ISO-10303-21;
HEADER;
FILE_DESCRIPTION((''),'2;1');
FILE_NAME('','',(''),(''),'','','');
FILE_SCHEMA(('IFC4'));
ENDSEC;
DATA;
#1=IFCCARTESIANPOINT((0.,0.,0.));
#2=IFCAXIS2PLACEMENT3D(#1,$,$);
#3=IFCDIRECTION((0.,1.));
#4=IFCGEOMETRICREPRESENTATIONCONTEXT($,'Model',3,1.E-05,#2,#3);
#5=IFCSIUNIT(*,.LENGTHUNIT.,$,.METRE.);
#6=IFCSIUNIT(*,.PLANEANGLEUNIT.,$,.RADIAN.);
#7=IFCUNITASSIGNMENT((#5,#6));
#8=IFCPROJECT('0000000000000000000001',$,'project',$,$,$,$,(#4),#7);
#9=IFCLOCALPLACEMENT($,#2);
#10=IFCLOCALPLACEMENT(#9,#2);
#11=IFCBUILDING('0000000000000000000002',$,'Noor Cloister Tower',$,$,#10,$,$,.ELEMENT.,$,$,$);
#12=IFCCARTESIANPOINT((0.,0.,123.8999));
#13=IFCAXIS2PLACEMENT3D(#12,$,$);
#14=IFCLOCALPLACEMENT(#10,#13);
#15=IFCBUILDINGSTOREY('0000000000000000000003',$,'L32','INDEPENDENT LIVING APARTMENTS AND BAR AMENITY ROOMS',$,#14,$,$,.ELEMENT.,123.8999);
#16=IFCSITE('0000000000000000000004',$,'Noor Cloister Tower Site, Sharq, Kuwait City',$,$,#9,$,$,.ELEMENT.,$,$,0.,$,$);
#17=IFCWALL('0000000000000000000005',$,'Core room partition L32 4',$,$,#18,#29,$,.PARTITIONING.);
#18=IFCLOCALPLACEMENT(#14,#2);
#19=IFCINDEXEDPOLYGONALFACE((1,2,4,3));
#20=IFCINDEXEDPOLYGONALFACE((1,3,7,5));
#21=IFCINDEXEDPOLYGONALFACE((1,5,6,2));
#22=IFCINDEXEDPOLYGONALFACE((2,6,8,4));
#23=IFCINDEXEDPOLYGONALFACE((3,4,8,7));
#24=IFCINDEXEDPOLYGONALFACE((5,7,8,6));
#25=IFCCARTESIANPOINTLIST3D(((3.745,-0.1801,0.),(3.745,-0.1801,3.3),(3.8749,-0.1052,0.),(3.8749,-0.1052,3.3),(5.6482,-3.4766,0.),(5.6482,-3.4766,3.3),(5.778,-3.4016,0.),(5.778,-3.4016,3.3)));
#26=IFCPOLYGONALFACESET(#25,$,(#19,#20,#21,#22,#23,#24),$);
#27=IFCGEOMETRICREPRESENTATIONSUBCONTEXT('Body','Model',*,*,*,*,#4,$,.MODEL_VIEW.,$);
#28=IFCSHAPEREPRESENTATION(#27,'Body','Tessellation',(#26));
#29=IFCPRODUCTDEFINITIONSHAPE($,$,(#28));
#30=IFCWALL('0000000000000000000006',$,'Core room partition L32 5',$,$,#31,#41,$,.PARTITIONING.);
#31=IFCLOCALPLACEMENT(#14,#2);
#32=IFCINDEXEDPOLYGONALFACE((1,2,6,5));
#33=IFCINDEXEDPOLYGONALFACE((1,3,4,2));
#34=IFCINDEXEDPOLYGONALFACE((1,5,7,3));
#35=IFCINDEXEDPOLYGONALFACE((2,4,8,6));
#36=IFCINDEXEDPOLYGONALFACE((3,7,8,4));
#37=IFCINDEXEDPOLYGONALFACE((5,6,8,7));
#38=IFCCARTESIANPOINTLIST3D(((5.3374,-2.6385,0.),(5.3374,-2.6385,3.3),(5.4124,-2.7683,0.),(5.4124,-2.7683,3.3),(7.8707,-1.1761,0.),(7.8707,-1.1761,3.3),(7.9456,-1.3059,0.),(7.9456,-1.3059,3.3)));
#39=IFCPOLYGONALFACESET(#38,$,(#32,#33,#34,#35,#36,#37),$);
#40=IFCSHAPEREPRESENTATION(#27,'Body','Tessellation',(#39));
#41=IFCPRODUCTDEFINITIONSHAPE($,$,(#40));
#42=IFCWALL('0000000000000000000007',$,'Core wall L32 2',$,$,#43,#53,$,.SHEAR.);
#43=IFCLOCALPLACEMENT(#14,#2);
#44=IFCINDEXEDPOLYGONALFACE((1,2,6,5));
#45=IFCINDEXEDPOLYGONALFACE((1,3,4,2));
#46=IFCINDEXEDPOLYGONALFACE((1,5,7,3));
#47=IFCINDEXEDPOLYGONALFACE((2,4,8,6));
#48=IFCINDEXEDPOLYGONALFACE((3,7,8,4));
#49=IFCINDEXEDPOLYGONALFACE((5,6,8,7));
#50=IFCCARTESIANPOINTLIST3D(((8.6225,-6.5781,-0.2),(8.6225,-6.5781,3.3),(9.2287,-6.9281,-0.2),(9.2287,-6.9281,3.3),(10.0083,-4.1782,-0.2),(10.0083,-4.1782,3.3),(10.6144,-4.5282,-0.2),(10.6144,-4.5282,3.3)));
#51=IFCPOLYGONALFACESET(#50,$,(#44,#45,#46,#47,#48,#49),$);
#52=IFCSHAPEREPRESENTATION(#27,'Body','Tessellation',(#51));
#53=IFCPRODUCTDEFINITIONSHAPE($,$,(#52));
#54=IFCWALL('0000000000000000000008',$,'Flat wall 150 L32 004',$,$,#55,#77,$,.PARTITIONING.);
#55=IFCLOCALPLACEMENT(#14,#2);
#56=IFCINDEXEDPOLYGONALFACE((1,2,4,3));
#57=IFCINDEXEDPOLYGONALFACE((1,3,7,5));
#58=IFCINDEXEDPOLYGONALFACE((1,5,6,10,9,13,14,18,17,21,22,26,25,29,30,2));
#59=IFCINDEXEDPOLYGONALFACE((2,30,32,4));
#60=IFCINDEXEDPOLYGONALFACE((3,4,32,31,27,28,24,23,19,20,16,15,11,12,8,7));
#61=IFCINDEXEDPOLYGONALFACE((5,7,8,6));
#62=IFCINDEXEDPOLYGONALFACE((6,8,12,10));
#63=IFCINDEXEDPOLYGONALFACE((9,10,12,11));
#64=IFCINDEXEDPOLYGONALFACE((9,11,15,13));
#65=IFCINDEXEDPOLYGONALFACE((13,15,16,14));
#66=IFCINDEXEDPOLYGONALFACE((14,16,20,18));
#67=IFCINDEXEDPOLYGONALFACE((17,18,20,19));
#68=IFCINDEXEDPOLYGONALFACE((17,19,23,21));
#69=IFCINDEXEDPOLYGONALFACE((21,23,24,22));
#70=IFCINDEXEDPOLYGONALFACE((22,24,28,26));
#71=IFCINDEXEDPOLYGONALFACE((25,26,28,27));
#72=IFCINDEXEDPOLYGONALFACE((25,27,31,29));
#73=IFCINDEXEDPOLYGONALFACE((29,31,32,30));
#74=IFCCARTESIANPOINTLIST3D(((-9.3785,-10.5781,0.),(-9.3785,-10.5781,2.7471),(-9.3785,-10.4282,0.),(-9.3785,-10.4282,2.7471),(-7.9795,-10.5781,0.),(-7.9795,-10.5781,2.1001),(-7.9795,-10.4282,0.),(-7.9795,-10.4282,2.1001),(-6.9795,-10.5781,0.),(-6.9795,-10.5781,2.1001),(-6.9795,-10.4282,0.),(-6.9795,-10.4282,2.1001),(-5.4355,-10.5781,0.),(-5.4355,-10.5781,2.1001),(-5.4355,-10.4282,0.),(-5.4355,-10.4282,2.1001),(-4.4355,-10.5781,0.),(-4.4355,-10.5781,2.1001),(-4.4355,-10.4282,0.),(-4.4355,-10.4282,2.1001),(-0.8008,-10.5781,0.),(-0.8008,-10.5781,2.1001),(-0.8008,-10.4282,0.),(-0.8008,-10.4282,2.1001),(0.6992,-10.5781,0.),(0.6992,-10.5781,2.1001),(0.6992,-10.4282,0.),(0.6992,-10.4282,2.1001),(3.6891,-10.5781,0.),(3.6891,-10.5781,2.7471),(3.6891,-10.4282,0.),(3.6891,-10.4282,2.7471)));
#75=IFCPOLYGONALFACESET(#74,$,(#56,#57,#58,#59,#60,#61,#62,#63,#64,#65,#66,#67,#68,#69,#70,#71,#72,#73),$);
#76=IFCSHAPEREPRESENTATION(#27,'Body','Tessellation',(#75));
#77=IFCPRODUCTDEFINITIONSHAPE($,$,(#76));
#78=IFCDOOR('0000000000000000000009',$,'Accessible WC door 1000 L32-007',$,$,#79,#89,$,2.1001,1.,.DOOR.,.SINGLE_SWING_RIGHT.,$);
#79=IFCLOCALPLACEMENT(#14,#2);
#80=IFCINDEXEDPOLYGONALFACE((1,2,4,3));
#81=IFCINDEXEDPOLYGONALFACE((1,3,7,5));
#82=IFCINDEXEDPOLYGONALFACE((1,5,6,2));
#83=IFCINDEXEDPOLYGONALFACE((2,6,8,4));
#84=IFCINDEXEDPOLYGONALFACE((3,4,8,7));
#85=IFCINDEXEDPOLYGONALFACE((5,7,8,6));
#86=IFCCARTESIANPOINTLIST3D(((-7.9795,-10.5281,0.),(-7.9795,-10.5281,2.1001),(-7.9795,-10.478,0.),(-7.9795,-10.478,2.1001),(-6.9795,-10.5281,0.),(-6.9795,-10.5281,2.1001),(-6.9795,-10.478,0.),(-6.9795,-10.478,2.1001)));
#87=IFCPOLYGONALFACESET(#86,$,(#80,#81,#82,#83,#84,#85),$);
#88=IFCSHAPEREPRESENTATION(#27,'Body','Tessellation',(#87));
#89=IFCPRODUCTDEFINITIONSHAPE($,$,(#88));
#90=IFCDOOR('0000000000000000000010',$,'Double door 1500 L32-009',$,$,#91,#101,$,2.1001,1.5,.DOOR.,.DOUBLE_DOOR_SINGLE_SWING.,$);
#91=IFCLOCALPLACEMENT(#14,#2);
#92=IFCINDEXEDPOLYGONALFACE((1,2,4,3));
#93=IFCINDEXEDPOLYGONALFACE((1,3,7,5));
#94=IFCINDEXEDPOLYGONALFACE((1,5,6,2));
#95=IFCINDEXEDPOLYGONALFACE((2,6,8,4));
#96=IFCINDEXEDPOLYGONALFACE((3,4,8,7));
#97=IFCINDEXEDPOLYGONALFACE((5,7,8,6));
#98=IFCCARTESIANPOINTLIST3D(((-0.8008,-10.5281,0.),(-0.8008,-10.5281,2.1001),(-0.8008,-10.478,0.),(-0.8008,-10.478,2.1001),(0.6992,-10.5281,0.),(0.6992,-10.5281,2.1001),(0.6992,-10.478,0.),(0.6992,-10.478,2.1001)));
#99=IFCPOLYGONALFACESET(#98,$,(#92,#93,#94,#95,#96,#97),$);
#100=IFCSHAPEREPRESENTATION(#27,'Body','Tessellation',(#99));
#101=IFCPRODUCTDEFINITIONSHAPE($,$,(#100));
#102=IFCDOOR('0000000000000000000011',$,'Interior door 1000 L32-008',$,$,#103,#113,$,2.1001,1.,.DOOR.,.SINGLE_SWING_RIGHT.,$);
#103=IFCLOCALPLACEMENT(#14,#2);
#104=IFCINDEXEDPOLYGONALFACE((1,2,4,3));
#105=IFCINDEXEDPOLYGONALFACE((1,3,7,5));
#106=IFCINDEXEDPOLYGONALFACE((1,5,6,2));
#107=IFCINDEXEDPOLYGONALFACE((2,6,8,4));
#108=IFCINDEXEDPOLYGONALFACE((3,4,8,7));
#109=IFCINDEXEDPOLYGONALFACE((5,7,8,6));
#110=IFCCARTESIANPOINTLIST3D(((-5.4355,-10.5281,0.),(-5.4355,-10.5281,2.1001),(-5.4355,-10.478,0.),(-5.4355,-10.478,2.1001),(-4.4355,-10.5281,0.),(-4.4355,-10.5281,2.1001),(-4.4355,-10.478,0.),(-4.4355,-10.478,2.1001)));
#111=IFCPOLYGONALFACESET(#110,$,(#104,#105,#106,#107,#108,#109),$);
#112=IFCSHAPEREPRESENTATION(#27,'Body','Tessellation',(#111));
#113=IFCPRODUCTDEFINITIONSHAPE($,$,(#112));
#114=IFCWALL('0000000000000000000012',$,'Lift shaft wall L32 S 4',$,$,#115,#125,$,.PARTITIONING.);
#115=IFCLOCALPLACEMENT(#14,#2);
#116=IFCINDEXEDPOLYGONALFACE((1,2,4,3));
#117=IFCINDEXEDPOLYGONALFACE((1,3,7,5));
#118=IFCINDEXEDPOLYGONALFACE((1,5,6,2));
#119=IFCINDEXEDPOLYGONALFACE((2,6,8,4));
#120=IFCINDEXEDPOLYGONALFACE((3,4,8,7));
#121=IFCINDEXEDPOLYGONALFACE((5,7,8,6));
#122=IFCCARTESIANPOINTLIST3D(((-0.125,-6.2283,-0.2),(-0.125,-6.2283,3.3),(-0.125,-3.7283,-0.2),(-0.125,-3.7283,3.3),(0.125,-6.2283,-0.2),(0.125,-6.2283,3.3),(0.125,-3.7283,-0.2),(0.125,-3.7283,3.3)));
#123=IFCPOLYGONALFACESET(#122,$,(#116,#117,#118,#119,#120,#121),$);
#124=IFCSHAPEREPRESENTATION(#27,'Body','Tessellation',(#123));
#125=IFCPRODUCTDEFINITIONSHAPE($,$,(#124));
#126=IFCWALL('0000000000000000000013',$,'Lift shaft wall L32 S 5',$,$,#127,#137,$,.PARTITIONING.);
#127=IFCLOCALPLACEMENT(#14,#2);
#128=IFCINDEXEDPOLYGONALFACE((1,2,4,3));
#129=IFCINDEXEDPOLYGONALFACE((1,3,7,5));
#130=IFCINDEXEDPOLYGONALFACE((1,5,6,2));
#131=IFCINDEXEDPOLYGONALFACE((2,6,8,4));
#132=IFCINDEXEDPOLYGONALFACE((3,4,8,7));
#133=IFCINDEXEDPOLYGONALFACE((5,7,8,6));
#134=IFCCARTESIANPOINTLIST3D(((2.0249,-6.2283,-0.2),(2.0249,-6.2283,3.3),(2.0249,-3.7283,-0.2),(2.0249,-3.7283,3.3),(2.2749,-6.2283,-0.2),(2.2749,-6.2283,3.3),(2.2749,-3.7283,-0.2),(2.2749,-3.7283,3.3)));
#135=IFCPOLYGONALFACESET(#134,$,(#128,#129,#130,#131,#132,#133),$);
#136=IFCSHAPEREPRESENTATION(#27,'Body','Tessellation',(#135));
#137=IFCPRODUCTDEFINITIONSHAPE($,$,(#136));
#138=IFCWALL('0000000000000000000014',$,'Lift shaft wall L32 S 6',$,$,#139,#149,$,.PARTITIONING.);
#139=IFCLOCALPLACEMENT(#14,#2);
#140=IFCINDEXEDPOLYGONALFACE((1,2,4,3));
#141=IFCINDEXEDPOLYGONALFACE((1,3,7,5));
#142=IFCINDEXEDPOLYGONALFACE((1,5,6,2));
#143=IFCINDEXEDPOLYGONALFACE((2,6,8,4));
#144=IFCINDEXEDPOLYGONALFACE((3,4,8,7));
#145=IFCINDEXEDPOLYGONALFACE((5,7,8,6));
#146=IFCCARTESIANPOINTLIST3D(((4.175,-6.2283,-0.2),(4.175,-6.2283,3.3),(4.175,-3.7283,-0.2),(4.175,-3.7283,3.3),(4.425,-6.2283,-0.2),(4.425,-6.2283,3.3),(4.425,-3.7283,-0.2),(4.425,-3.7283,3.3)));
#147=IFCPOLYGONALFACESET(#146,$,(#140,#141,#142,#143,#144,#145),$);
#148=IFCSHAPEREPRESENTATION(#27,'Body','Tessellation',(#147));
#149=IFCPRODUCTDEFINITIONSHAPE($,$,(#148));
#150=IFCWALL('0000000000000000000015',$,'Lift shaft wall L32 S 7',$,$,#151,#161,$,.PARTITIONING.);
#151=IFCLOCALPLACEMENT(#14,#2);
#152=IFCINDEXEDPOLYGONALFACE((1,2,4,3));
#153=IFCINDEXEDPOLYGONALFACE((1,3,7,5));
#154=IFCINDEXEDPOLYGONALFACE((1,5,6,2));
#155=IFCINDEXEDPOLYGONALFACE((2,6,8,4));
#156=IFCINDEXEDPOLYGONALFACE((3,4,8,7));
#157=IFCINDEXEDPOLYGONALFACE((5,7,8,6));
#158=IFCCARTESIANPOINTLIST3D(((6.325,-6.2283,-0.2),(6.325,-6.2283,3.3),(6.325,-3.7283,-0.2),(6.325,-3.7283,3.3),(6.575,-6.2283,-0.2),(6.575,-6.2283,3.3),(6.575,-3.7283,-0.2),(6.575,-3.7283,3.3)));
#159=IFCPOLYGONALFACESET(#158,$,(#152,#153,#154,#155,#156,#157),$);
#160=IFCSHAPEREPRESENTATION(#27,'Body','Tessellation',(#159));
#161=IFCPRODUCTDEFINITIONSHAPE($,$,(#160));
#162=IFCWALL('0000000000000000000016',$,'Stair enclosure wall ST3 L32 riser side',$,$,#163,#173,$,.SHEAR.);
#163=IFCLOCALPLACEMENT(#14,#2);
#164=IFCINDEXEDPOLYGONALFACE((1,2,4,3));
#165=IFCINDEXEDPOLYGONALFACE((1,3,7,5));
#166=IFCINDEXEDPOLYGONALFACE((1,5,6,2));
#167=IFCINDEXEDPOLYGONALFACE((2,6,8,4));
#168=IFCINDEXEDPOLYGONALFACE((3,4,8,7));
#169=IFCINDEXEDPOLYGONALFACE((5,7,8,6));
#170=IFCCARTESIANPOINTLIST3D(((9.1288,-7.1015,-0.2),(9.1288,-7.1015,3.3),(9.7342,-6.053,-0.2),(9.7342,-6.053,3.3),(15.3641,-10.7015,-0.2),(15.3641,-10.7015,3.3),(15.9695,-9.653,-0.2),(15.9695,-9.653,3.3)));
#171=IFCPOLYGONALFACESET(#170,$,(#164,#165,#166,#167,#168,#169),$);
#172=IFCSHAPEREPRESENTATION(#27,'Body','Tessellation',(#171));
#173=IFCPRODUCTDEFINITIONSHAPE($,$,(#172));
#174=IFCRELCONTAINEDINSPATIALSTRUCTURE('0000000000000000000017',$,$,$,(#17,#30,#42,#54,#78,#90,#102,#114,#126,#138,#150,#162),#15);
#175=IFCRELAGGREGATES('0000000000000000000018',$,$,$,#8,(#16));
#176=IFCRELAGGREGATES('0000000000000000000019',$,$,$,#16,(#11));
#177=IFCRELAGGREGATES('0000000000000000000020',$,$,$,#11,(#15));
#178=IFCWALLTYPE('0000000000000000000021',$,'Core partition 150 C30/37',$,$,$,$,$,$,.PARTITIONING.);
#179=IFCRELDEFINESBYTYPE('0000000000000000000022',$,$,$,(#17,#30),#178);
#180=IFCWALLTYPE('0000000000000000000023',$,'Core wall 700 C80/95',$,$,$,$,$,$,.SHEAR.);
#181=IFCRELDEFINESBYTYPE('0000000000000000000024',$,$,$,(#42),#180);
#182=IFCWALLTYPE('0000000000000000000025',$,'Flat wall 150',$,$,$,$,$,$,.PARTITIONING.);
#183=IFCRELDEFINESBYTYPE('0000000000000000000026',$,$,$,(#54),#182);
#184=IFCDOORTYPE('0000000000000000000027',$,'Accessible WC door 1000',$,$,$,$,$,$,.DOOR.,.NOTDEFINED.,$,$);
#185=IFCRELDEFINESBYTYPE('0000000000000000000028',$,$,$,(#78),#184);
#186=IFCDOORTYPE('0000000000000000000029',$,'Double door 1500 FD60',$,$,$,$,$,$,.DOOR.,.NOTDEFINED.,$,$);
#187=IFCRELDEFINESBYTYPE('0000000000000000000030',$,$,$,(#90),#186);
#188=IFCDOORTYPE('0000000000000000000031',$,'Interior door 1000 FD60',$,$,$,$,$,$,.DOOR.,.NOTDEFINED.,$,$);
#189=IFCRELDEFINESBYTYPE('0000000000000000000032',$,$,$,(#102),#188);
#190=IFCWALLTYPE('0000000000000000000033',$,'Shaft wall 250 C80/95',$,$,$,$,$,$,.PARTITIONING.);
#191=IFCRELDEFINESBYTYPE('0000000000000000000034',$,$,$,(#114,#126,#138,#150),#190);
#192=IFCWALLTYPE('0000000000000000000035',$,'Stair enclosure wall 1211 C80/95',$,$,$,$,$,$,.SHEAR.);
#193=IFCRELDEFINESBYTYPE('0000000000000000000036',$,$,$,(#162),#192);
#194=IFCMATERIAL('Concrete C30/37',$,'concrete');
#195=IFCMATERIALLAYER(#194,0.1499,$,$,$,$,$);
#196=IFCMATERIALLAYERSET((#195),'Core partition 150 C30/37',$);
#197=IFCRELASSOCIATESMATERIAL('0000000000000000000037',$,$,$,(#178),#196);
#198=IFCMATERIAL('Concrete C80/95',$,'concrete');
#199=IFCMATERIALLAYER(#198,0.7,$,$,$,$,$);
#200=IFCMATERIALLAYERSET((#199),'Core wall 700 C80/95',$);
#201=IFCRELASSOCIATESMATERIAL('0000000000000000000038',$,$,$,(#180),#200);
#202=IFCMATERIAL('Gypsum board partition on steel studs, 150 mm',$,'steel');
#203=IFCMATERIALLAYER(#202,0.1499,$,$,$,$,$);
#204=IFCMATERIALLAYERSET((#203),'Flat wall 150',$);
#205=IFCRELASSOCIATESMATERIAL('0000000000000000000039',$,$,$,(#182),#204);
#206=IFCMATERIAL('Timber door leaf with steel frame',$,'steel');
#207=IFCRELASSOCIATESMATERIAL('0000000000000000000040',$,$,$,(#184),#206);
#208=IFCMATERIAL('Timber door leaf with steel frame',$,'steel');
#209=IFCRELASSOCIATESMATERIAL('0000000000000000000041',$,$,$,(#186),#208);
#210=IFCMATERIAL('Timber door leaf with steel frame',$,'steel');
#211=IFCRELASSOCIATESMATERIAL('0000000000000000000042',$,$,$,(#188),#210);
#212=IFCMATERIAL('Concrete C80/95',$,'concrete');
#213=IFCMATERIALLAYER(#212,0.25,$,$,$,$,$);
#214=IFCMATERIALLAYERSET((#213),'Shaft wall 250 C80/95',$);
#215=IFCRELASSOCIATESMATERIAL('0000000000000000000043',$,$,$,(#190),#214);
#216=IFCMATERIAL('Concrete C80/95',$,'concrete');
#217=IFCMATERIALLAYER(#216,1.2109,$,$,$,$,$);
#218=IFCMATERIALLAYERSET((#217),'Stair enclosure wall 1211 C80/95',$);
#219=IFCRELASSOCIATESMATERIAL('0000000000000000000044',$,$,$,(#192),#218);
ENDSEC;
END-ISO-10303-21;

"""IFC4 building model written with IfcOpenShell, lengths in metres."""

from ifc_helpers import new_model, si_unit, direction, frame, frame_2d, origin, place, context, subcontext, project, spatial, rectangle, extrude, material, layer, layer_set, type_object, element, fill, save


model = new_model("IFC4")

# Units and contexts
model_context = context("Model", 3, precision=1e-05, world=origin(), true_north=direction((0.0, 1.0)))
body_context = subcontext(model_context, "Body", "Model", "MODEL_VIEW")
ifc_project = project(units=[si_unit("LENGTHUNIT", "METRE"), si_unit("PLANEANGLEUNIT", "RADIAN")], contexts=[model_context])

# Site, building, storey
site_placement = place(None, origin())
site = spatial("IfcSite", under=ifc_project, at=site_placement, Name="Noor Cloister Tower Site, Sharq, Kuwait City", CompositionType="ELEMENT", RefElevation=0.0)
building_placement = place(site_placement, origin())
building = spatial("IfcBuilding", under=site, at=building_placement, Name="Noor Cloister Tower", CompositionType="ELEMENT")
storey_placement = place(building_placement, frame((0.0, 0.0, 123.8999)))
storey = spatial("IfcBuildingStorey", under=building, at=storey_placement, Name="L32", Description="INDEPENDENT LIVING APARTMENTS AND BAR AMENITY ROOMS", CompositionType="ELEMENT", Elevation=123.8999)

# Walls
ifc_material_1 = material(Name="Concrete C30/37", Category="concrete")
ifc_layer_1 = layer(ifc_material_1, 0.1499)
ifc_layer_set_1 = layer_set([ifc_layer_1], Name="Core partition 150 C30/37")
wall_type_1 = type_object("IfcWallType", Name="Core partition 150 C30/37", PredefinedType="PARTITIONING", material=ifc_layer_set_1)
wall_1_placement = place(storey_placement, frame((5.7131, -3.4392, 0.0), z_axis=(0.0, 0.0, 1.0), x_axis=(-0.499982, 0.866036, 0.0)))
element("IfcWall", 1, at=wall_1_placement, inside=storey, type_object=wall_type_1, Name="Core room partition L32 4", PredefinedType="PARTITIONING", context=body_context, shape_type="SweptSolid", body=[
    extrude(rectangle(XDim=3.8064, YDim=0.1499, at=frame_2d((1.9033, 0.0))), origin(), (0.0, 0.0, 1.0), 3.3),
])
wall_2_placement = place(storey_placement, frame((5.375, -2.7034, 0.0), z_axis=(0.0, 0.0, 1.0), x_axis=(0.866047, 0.499963, 0.0)))
element("IfcWall", 2, at=wall_2_placement, inside=storey, type_object=wall_type_1, Name="Core room partition L32 5", PredefinedType="PARTITIONING", context=body_context, shape_type="SweptSolid", body=[
    extrude(rectangle(XDim=2.925, YDim=0.1499, at=frame_2d((1.4624, 0.0))), origin(), (0.0, 0.0, 1.0), 3.3),
])
ifc_material_2 = material(Name="Concrete C80/95", Category="concrete")
ifc_layer_2 = layer(ifc_material_2, 0.7)
ifc_layer_set_2 = layer_set([ifc_layer_2], Name="Core wall 700 C80/95")
wall_type_2 = type_object("IfcWallType", Name="Core wall 700 C80/95", PredefinedType="SHEAR", material=ifc_layer_set_2)
wall_3_placement = place(storey_placement, frame((8.9255, -6.7532, -0.2), z_axis=(0.0, 0.0, 1.0), x_axis=(0.500043, 0.866001, 0.0)))
element("IfcWall", 3, at=wall_3_placement, inside=storey, type_object=wall_type_2, Name="Core wall L32 2", PredefinedType="SHEAR", context=body_context, shape_type="SweptSolid", body=[
    extrude(rectangle(XDim=2.7712, YDim=0.7, at=frame_2d((1.3857, 0.0))), origin(), (0.0, 0.0, 1.0), 3.5),
])

# Wall, openings, doors
ifc_material_3 = material(Name="Gypsum board partition on steel studs, 150 mm", Category="steel")
ifc_layer_3 = layer(ifc_material_3, 0.1499)
ifc_layer_set_3 = layer_set([ifc_layer_3], Name="Flat wall 150")
wall_type_3 = type_object("IfcWallType", Name="Flat wall 150", PredefinedType="PARTITIONING", material=ifc_layer_set_3)
wall_4_placement = place(storey_placement, frame((3.689, -10.5032, 0.0), z_axis=(0.0, 0.0, 1.0), x_axis=(-1.0, 0.0, 0.0)))
wall_4 = element("IfcWall", 4, at=wall_4_placement, inside=storey, type_object=wall_type_3, Name="Flat wall 150 L32 004", PredefinedType="PARTITIONING", context=body_context, shape_type="SweptSolid", body=[
    extrude(rectangle(XDim=13.0676, YDim=0.1499, at=frame_2d((6.5337, 0.0))), origin(), (0.0, 0.0, 1.0), 2.7471),
])
opening_1_placement = place(wall_4_placement, frame((10.6685, 0.0, 0.0)))
opening_1 = element("IfcOpeningElement", 5, at=opening_1_placement, cuts=wall_4, PredefinedType="OPENING", context=body_context, shape_type="SweptSolid", body=[
    extrude(rectangle(XDim=1.0, YDim=2.1001, at=frame_2d((0.5, 1.05))), frame((0.0, 0.085, 0.0), z_axis=(0.0, -1.0, 0.0), x_axis=(1.0, 0.0, 0.0)), (0.0, 0.0, 1.0), 0.1699),
])
opening_2_placement = place(wall_4_placement, frame((8.1245, 0.0, 0.0)))
opening_2 = element("IfcOpeningElement", 6, at=opening_2_placement, cuts=wall_4, PredefinedType="OPENING", context=body_context, shape_type="SweptSolid", body=[
    extrude(rectangle(XDim=1.0, YDim=2.1001, at=frame_2d((0.5, 1.05))), frame((0.0, 0.085, 0.0), z_axis=(0.0, -1.0, 0.0), x_axis=(1.0, 0.0, 0.0)), (0.0, 0.0, 1.0), 0.1699),
])
opening_3_placement = place(wall_4_placement, frame((2.9897, 0.0, 0.0)))
opening_3 = element("IfcOpeningElement", 7, at=opening_3_placement, cuts=wall_4, PredefinedType="OPENING", context=body_context, shape_type="SweptSolid", body=[
    extrude(rectangle(XDim=1.5, YDim=2.1001, at=frame_2d((0.75, 1.05))), frame((0.0, 0.085, 0.0), z_axis=(0.0, -1.0, 0.0), x_axis=(1.0, 0.0, 0.0)), (0.0, 0.0, 1.0), 0.1699),
])
ifc_material_4 = material(Name="Timber door leaf with steel frame", Category="steel")
door_type_1 = type_object("IfcDoorType", Name="Accessible WC door 1000", OperationType="NOTDEFINED", PredefinedType="DOOR", material=ifc_material_4)
door_1_placement = place(opening_1_placement, origin())
door_1 = element("IfcDoor", 8, at=door_1_placement, inside=storey, type_object=door_type_1, Name="Accessible WC door 1000 L32-007", OperationType="SINGLE_SWING_RIGHT", OverallHeight=2.1001, OverallWidth=1.0, PredefinedType="DOOR", context=body_context, shape_type="SweptSolid", body=[
    extrude(rectangle(XDim=1.0, YDim=2.1001, at=frame_2d((0.5, 1.05))), frame((0.0, 0.0249, 0.0), z_axis=(0.0, -1.0, 0.0), x_axis=(1.0, 0.0, 0.0)), (0.0, 0.0, 1.0), 0.05),
])
fill(opening_1, door_1)
ifc_material_5 = material(Name="Timber door leaf with steel frame", Category="steel")
door_type_2 = type_object("IfcDoorType", Name="Double door 1500 FD60", OperationType="NOTDEFINED", PredefinedType="DOOR", material=ifc_material_5)
door_2_placement = place(opening_3_placement, origin())
door_2 = element("IfcDoor", 9, at=door_2_placement, inside=storey, type_object=door_type_2, Name="Double door 1500 L32-009", OperationType="DOUBLE_DOOR_SINGLE_SWING", OverallHeight=2.1001, OverallWidth=1.5, PredefinedType="DOOR", context=body_context, shape_type="SweptSolid", body=[
    extrude(rectangle(XDim=1.5, YDim=2.1001, at=frame_2d((0.75, 1.05))), frame((0.0, 0.0249, 0.0), z_axis=(0.0, -1.0, 0.0), x_axis=(1.0, 0.0, 0.0)), (0.0, 0.0, 1.0), 0.05),
])
fill(opening_3, door_2)
ifc_material_6 = material(Name="Timber door leaf with steel frame", Category="steel")
door_type_3 = type_object("IfcDoorType", Name="Interior door 1000 FD60", OperationType="NOTDEFINED", PredefinedType="DOOR", material=ifc_material_6)
door_3_placement = place(opening_2_placement, origin())
door_3 = element("IfcDoor", 10, at=door_3_placement, inside=storey, type_object=door_type_3, Name="Interior door 1000 L32-008", OperationType="SINGLE_SWING_RIGHT", OverallHeight=2.1001, OverallWidth=1.0, PredefinedType="DOOR", context=body_context, shape_type="SweptSolid", body=[
    extrude(rectangle(XDim=1.0, YDim=2.1001, at=frame_2d((0.5, 1.05))), frame((0.0, 0.0249, 0.0), z_axis=(0.0, -1.0, 0.0), x_axis=(1.0, 0.0, 0.0)), (0.0, 0.0, 1.0), 0.05),
])
fill(opening_2, door_3)

# Walls
ifc_material_7 = material(Name="Concrete C80/95", Category="concrete")
ifc_layer_4 = layer(ifc_material_7, 0.25)
ifc_layer_set_4 = layer_set([ifc_layer_4], Name="Shaft wall 250 C80/95")
wall_type_4 = type_object("IfcWallType", Name="Shaft wall 250 C80/95", PredefinedType="PARTITIONING", material=ifc_layer_set_4)
for number, where, z_axis, x_axis, name in (
    (11, (0.0, -6.2283, -0.2), (0.0, 0.0, 1.0), (0.0, 1.0, 0.0), "Lift shaft wall L32 S 4"),
    (12, (2.1499, -6.2283, -0.2), (0.0, 0.0, 1.0), (0.0, 1.0, 0.0), "Lift shaft wall L32 S 5"),
    (13, (4.3, -6.2283, -0.2), (0.0, 0.0, 1.0), (0.0, 1.0, 0.0), "Lift shaft wall L32 S 6"),
    (14, (6.45, -6.2283, -0.2), (0.0, 0.0, 1.0), (0.0, 1.0, 0.0), "Lift shaft wall L32 S 7"),
):
    element("IfcWall", number, at=place(storey_placement, frame(where, z_axis=z_axis, x_axis=x_axis)), inside=storey, type_object=wall_type_4, Name=name, PredefinedType="PARTITIONING", context=body_context, shape_type="SweptSolid", body=[
        extrude(rectangle(XDim=2.5, YDim=0.25, at=frame_2d((1.25, 0.0))), origin(), (0.0, 0.0, 1.0), 3.5),
    ])
ifc_material_8 = material(Name="Concrete C80/95", Category="concrete")
ifc_layer_5 = layer(ifc_material_8, 1.2109)
ifc_layer_set_5 = layer_set([ifc_layer_5], Name="Stair enclosure wall 1211 C80/95")
wall_type_5 = type_object("IfcWallType", Name="Stair enclosure wall 1211 C80/95", PredefinedType="SHEAR", material=ifc_layer_set_5)
wall_5_placement = place(storey_placement, frame((9.4314, -6.5771, -0.2), z_axis=(0.0, 0.0, 1.0), x_axis=(0.866018, -0.500012, 0.0)))
element("IfcWall", 15, at=wall_5_placement, inside=storey, type_object=wall_type_5, Name="Stair enclosure wall ST3 L32 riser side", PredefinedType="SHEAR", context=body_context, shape_type="SweptSolid", body=[
    extrude(rectangle(XDim=7.2, YDim=1.2107, at=frame_2d((3.6001, 0.0))), origin(), (0.0, 0.0, 1.0), 3.5),
])

save(model, "model.ifc")
